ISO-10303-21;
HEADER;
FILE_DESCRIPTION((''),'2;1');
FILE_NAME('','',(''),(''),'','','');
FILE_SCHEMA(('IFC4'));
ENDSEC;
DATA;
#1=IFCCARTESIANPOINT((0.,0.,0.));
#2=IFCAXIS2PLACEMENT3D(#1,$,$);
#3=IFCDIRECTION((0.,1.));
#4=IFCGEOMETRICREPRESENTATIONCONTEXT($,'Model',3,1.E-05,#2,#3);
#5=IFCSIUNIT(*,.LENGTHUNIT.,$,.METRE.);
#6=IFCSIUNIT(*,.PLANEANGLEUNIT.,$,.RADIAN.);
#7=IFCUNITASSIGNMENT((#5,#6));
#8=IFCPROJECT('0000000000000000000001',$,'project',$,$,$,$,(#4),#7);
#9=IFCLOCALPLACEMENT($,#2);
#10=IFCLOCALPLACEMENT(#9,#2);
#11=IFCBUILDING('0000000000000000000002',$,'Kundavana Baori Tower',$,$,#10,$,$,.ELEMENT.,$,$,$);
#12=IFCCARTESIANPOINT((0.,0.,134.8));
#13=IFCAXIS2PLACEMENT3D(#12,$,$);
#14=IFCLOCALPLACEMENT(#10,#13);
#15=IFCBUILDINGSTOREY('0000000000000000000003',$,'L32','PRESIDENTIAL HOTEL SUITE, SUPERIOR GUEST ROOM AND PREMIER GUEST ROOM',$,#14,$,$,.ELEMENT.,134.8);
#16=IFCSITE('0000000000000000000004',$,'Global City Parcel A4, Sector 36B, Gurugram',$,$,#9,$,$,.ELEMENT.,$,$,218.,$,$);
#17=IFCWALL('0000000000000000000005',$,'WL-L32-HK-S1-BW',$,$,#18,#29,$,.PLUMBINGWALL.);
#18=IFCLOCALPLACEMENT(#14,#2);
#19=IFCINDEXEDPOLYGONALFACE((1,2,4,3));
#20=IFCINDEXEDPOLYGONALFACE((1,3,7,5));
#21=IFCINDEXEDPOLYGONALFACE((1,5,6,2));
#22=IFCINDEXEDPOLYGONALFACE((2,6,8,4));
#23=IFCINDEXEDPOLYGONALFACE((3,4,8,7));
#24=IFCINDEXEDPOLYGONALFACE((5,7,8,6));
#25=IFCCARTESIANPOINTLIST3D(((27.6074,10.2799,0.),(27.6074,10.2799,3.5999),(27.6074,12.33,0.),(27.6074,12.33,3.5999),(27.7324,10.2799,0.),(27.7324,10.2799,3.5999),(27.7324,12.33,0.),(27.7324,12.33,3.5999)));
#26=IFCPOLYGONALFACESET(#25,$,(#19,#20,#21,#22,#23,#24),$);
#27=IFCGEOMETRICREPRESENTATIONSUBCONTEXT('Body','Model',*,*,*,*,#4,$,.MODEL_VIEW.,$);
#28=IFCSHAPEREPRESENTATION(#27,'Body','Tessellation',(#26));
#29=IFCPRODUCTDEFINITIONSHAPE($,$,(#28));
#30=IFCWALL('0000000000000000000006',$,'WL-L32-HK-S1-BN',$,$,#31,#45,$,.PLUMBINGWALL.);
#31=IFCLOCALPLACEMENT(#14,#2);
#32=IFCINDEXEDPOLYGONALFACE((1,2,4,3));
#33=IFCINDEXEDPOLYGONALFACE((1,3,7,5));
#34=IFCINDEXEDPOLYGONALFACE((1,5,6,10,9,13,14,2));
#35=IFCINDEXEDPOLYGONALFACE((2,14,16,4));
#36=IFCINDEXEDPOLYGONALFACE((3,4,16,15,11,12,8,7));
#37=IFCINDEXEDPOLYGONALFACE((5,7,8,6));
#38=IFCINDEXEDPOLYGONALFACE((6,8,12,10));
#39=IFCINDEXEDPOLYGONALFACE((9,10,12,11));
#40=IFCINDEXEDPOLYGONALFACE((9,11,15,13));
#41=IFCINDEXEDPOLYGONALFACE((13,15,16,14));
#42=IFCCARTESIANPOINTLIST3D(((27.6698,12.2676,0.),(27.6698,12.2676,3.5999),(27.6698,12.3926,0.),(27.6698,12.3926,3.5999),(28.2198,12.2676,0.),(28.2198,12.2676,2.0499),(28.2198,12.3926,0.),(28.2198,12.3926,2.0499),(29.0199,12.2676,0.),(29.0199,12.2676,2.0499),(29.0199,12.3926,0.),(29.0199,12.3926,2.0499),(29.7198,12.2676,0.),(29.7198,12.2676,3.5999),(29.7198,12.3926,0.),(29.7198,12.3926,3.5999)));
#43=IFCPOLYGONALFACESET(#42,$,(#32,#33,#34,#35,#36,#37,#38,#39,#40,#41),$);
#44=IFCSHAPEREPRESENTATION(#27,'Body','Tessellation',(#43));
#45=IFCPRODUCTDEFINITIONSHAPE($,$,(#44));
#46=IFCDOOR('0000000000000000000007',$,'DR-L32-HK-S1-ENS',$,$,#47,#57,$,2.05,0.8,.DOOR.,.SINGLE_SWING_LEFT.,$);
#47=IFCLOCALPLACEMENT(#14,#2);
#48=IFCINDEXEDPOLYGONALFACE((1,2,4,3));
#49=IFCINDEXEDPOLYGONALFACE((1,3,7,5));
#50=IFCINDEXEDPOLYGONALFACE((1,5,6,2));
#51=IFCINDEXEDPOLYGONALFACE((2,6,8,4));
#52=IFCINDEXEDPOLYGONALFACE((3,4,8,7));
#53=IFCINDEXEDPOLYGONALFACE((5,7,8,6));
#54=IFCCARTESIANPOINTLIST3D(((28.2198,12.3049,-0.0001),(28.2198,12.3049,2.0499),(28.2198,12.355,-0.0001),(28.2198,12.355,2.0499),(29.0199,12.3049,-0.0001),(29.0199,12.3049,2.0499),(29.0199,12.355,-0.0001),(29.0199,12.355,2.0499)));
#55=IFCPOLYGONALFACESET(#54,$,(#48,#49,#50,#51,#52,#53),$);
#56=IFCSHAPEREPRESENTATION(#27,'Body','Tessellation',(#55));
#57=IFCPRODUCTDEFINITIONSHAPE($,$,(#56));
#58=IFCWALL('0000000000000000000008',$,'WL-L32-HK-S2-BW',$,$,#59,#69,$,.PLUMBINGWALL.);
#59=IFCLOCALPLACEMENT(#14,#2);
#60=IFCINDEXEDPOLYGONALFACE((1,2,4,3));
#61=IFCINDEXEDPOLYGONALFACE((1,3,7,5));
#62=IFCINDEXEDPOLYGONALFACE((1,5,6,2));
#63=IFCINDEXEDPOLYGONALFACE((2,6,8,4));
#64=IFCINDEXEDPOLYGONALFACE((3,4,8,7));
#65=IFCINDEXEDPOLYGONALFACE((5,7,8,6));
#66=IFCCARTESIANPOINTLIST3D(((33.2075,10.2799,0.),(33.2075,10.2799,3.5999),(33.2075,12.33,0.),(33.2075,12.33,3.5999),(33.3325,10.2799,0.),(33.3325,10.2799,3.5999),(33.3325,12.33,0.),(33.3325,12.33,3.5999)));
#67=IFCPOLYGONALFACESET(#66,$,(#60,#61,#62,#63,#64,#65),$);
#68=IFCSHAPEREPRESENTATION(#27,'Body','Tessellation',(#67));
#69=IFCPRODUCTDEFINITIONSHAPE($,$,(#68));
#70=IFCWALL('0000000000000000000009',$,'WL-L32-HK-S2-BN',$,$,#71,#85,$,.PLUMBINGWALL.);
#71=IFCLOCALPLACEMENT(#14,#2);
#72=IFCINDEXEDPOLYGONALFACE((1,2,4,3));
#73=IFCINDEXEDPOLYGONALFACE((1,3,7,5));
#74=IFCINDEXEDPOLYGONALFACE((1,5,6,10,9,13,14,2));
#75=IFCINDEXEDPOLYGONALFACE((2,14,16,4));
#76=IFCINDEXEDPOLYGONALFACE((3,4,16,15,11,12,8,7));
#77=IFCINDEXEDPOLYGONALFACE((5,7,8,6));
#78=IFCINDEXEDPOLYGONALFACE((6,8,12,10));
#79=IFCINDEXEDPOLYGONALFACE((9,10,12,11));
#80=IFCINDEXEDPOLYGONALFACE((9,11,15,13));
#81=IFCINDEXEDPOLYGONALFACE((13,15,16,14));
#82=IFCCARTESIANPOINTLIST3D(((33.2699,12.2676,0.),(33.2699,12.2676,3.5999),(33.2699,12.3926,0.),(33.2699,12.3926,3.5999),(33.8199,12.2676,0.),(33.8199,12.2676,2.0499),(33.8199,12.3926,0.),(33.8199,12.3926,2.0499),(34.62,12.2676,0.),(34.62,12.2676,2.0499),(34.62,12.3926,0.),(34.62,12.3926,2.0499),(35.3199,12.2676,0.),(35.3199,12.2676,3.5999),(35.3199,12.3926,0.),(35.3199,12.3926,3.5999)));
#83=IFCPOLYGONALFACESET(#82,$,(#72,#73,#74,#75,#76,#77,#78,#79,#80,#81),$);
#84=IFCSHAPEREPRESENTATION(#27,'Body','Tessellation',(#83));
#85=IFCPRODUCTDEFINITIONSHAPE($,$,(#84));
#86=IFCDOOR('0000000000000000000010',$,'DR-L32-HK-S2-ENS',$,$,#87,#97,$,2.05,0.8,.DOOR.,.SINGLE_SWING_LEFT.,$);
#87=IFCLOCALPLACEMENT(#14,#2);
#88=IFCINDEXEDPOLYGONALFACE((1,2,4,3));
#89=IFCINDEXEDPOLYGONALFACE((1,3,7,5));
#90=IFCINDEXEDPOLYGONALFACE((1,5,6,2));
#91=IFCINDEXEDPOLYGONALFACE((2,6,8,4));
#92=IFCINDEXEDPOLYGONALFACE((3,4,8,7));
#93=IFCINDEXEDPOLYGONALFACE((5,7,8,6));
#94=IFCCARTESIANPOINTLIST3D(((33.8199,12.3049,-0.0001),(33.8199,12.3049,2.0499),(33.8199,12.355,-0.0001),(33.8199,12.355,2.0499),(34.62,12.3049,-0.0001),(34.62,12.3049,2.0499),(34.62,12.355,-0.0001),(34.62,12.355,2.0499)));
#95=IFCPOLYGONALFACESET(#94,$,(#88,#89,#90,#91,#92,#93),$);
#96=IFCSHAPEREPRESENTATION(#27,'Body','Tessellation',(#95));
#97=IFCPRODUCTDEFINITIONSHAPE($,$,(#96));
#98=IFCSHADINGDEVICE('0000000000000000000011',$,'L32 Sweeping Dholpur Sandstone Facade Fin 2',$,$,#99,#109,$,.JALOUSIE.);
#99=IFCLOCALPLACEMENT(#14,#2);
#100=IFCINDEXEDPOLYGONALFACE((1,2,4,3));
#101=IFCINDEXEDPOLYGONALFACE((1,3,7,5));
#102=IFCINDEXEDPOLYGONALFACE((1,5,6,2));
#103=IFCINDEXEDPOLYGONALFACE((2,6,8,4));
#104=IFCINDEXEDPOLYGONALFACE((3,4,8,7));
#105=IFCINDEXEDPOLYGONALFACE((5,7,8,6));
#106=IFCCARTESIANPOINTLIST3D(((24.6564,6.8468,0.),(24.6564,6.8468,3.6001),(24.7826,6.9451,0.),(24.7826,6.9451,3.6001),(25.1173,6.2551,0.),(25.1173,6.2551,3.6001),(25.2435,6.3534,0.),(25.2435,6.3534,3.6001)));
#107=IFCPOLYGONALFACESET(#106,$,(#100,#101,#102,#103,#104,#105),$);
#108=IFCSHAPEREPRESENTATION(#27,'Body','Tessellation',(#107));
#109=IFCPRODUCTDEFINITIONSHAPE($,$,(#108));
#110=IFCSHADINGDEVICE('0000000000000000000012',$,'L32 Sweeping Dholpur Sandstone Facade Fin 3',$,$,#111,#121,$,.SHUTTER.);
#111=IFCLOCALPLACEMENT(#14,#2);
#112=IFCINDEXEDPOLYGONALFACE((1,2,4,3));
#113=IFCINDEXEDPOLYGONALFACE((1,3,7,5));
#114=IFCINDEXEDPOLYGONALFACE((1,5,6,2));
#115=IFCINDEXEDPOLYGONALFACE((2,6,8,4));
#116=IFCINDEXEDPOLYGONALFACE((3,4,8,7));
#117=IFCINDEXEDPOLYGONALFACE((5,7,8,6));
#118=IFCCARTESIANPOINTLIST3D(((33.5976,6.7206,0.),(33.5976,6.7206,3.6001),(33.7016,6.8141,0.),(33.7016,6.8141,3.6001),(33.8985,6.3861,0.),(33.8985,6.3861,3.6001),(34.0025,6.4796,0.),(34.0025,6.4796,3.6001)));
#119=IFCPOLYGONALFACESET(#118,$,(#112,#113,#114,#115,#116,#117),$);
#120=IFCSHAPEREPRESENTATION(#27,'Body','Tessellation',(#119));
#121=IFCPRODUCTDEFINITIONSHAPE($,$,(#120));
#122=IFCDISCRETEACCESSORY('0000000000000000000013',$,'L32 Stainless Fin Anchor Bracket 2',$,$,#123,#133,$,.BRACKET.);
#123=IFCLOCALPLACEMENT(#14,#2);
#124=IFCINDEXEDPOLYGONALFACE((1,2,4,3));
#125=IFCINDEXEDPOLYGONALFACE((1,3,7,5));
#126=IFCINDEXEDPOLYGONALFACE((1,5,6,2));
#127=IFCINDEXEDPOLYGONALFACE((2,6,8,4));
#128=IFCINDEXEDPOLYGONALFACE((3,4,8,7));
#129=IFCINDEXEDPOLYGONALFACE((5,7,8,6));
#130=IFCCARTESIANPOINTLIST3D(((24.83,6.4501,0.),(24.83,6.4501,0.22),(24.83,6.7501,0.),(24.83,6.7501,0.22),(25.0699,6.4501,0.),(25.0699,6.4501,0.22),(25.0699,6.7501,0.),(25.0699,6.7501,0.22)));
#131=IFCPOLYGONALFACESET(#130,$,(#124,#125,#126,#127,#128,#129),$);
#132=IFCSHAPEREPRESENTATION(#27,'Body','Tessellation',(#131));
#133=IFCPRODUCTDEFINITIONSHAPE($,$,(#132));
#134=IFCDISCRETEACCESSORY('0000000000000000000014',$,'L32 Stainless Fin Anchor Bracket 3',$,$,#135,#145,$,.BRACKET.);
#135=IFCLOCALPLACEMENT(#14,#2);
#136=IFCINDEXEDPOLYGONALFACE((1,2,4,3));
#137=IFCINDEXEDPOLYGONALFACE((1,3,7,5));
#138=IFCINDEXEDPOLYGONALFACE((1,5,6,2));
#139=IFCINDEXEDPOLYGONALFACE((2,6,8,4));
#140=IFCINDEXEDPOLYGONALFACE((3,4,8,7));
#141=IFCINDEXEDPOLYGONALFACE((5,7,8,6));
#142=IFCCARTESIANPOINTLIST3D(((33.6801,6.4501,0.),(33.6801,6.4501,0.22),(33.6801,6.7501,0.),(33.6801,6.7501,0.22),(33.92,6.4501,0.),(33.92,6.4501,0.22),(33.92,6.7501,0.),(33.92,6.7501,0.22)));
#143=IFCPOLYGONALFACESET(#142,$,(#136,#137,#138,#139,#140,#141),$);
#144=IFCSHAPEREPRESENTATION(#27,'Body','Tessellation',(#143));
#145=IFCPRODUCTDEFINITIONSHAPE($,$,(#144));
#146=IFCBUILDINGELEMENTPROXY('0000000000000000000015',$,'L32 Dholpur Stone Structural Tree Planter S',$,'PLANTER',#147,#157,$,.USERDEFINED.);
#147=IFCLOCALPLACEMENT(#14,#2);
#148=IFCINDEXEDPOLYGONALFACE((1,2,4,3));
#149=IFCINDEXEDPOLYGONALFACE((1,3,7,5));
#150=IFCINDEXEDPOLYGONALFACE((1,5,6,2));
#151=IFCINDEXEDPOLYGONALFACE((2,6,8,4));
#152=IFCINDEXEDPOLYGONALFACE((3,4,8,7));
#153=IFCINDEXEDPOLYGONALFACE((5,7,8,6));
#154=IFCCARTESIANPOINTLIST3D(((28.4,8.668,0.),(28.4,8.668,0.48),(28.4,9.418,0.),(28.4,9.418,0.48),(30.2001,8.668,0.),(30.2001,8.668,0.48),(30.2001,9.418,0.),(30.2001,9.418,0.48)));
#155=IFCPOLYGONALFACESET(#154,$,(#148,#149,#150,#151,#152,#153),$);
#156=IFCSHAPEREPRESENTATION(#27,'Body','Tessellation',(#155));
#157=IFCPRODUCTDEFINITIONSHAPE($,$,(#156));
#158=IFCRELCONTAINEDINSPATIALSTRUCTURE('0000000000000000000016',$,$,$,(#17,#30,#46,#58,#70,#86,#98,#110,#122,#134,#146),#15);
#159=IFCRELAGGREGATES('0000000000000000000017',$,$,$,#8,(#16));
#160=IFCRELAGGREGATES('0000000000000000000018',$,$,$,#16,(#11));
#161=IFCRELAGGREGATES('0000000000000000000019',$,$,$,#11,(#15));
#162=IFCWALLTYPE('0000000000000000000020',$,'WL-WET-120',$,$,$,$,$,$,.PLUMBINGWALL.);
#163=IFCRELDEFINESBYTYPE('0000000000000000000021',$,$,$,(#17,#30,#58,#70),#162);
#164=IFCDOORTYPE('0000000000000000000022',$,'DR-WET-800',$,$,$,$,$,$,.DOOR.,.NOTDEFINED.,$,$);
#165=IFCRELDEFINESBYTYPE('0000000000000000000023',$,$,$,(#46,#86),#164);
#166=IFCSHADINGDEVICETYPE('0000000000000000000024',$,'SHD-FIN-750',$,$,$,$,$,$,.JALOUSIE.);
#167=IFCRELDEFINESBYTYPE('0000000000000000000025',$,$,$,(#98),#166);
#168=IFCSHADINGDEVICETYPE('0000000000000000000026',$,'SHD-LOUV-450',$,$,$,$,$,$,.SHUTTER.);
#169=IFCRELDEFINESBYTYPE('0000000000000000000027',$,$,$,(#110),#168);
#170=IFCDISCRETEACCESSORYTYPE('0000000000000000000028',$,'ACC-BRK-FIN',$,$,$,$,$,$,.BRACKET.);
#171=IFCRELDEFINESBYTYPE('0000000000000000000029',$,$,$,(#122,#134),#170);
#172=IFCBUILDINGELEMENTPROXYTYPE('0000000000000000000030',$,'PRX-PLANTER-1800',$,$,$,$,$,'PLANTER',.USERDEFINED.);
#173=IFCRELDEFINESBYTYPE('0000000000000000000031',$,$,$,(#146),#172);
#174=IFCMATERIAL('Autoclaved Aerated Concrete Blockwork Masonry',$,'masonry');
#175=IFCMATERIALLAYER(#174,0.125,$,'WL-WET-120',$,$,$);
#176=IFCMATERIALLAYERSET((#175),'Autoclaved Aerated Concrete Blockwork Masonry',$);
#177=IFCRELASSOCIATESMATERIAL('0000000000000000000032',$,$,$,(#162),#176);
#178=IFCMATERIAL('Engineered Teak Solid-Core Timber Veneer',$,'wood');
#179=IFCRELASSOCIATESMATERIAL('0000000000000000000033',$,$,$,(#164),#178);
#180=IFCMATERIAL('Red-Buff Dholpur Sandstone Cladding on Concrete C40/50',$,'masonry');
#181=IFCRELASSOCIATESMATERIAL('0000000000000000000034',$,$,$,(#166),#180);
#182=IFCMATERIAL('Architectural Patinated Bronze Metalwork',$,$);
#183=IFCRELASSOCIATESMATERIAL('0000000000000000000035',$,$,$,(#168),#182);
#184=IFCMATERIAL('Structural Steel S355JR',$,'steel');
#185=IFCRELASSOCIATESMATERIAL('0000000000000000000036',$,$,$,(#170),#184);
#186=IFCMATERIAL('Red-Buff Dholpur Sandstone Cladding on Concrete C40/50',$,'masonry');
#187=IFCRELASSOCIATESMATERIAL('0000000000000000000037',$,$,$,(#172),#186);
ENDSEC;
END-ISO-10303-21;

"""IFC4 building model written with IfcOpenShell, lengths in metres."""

from ifc_helpers import new_model, si_unit, direction, frame, frame_2d, origin, origin_2d, place, context, subcontext, project, spatial, rectangle, extrude, material, layer, layer_set, type_object, element, fill, save


model = new_model("IFC4")

# Units and contexts
model_context = context("Model", 3, precision=1e-05, world=origin(), true_north=direction((0.0, 1.0)))
body_context = subcontext(model_context, "Body", "Model", "MODEL_VIEW")
ifc_project = project(units=[si_unit("LENGTHUNIT", "METRE"), si_unit("PLANEANGLEUNIT", "RADIAN")], contexts=[model_context])

# Site, building, storey
site_placement = place(None, origin())
site = spatial("IfcSite", under=ifc_project, at=site_placement, Name="Global City Parcel A4, Sector 36B, Gurugram", CompositionType="ELEMENT", RefElevation=218.0)
building_placement = place(site_placement, origin())
building = spatial("IfcBuilding", under=site, at=building_placement, Name="Kundavana Baori Tower", CompositionType="ELEMENT")
storey_placement = place(building_placement, frame((0.0, 0.0, 134.8)))
storey = spatial("IfcBuildingStorey", under=building, at=storey_placement, Name="L32", Description="PRESIDENTIAL HOTEL SUITE, SUPERIOR GUEST ROOM AND PREMIER GUEST ROOM", CompositionType="ELEMENT", Elevation=134.8)

# Wall
ifc_material_1 = material(Name="Autoclaved Aerated Concrete Blockwork Masonry", Category="masonry")
ifc_layer_1 = layer(ifc_material_1, 0.125, Name="WL-WET-120")
ifc_layer_set_1 = layer_set([ifc_layer_1], Name="Autoclaved Aerated Concrete Blockwork Masonry")
wall_type_1 = type_object("IfcWallType", Name="WL-WET-120", PredefinedType="PLUMBINGWALL", material=ifc_layer_set_1)
wall_1_placement = place(storey_placement, frame((27.6699, 10.28, 0.0), z_axis=(0.0, 0.0, 1.0), x_axis=(0.0, 1.0, 0.0)))
element("IfcWall", 1, at=wall_1_placement, inside=storey, type_object=wall_type_1, Name="WL-L32-HK-S1-BW", PredefinedType="PLUMBINGWALL", context=body_context, shape_type="SweptSolid", body=[
    extrude(rectangle(XDim=2.05, YDim=0.125, at=frame_2d((1.0249, 0.0))), origin(), (0.0, 0.0, 1.0), 3.5999),
])

# Wall, opening, door
wall_2_placement = place(storey_placement, frame((27.6699, 12.3301, 0.0), z_axis=(0.0, 0.0, 1.0), x_axis=(1.0, 0.0, 0.0)))
wall_2 = element("IfcWall", 2, at=wall_2_placement, inside=storey, type_object=wall_type_1, Name="WL-L32-HK-S1-BN", PredefinedType="PLUMBINGWALL", context=body_context, shape_type="SweptSolid", body=[
    extrude(rectangle(XDim=2.05, YDim=0.125, at=frame_2d((1.0249, 0.0))), origin(), (0.0, 0.0, 1.0), 3.5999),
])
opening_1_placement = place(wall_2_placement, frame((0.55, 0.0, 0.0)))
opening_1 = element("IfcOpeningElement", 3, at=opening_1_placement, cuts=wall_2, PredefinedType="OPENING", context=body_context, shape_type="SweptSolid", body=[
    extrude(rectangle(XDim=0.8, YDim=2.05, at=frame_2d((0.3999, 1.0249))), frame((0.0, 0.0725, 0.0), z_axis=(0.0, -1.0, 0.0), x_axis=(1.0, 0.0, 0.0)), (0.0, 0.0, 1.0), 0.145),
])
ifc_material_2 = material(Name="Engineered Teak Solid-Core Timber Veneer", Category="wood")
door_type = type_object("IfcDoorType", Name="DR-WET-800", OperationType="NOTDEFINED", PredefinedType="DOOR", material=ifc_material_2)
door_1_placement = place(opening_1_placement, origin())
door_1 = element("IfcDoor", 4, at=door_1_placement, inside=storey, type_object=door_type, Name="DR-L32-HK-S1-ENS", OperationType="SINGLE_SWING_LEFT", OverallHeight=2.05, OverallWidth=0.8, PredefinedType="DOOR", context=body_context, shape_type="SweptSolid", body=[
    extrude(rectangle(XDim=0.8, YDim=2.05, at=frame_2d((0.3999, 1.0249))), frame((0.0, 0.0249, 0.0), z_axis=(0.0, -1.0, 0.0), x_axis=(1.0, 0.0, 0.0)), (0.0, 0.0, 1.0), 0.05),
])
fill(opening_1, door_1)

# Wall
wall_3_placement = place(storey_placement, frame((33.27, 10.28, 0.0), z_axis=(0.0, 0.0, 1.0), x_axis=(0.0, 1.0, 0.0)))
element("IfcWall", 5, at=wall_3_placement, inside=storey, type_object=wall_type_1, Name="WL-L32-HK-S2-BW", PredefinedType="PLUMBINGWALL", context=body_context, shape_type="SweptSolid", body=[
    extrude(rectangle(XDim=2.05, YDim=0.125, at=frame_2d((1.0249, 0.0))), origin(), (0.0, 0.0, 1.0), 3.5999),
])

# Wall, opening, door
wall_4_placement = place(storey_placement, frame((33.27, 12.3301, 0.0), z_axis=(0.0, 0.0, 1.0), x_axis=(1.0, 0.0, 0.0)))
wall_4 = element("IfcWall", 6, at=wall_4_placement, inside=storey, type_object=wall_type_1, Name="WL-L32-HK-S2-BN", PredefinedType="PLUMBINGWALL", context=body_context, shape_type="SweptSolid", body=[
    extrude(rectangle(XDim=2.05, YDim=0.125, at=frame_2d((1.0249, 0.0))), origin(), (0.0, 0.0, 1.0), 3.5999),
])
opening_2_placement = place(wall_4_placement, frame((0.55, 0.0, 0.0)))
opening_2 = element("IfcOpeningElement", 7, at=opening_2_placement, cuts=wall_4, PredefinedType="OPENING", context=body_context, shape_type="SweptSolid", body=[
    extrude(rectangle(XDim=0.8, YDim=2.05, at=frame_2d((0.3999, 1.0249))), frame((0.0, 0.0725, 0.0), z_axis=(0.0, -1.0, 0.0), x_axis=(1.0, 0.0, 0.0)), (0.0, 0.0, 1.0), 0.145),
])
door_2_placement = place(opening_2_placement, origin())
door_2 = element("IfcDoor", 8, at=door_2_placement, inside=storey, type_object=door_type, Name="DR-L32-HK-S2-ENS", OperationType="SINGLE_SWING_LEFT", OverallHeight=2.05, OverallWidth=0.8, PredefinedType="DOOR", context=body_context, shape_type="SweptSolid", body=[
    extrude(rectangle(XDim=0.8, YDim=2.05, at=frame_2d((0.3999, 1.0249))), frame((0.0, 0.0249, 0.0), z_axis=(0.0, -1.0, 0.0), x_axis=(1.0, 0.0, 0.0)), (0.0, 0.0, 1.0), 0.05),
])
fill(opening_2, door_2)

# Shading devices
ifc_material_3 = material(Name="Red-Buff Dholpur Sandstone Cladding on Concrete C40/50", Category="masonry")
shading_device_type_1 = type_object("IfcShadingDeviceType", Name="SHD-FIN-750", PredefinedType="JALOUSIE", material=ifc_material_3)
shading_device_1_placement = place(storey_placement, frame((24.95, 6.6001, 0.0), z_axis=(0.0, 0.0, 1.0), x_axis=(0.78887, 0.614561, 0.0)))
element("IfcShadingDevice", 9, at=shading_device_1_placement, inside=storey, type_object=shading_device_type_1, Name="L32 Sweeping Dholpur Sandstone Facade Fin 2", PredefinedType="JALOUSIE", context=body_context, shape_type="SweptSolid", body=[
    extrude(rectangle(XDim=0.1599, YDim=0.75, at=origin_2d()), origin(), (0.0, 0.0, 1.0), 3.6001),
])
ifc_material_4 = material(Name="Architectural Patinated Bronze Metalwork")
shading_device_type_2 = type_object("IfcShadingDeviceType", Name="SHD-LOUV-450", PredefinedType="SHUTTER", material=ifc_material_4)
shading_device_2_placement = place(storey_placement, frame((33.8, 6.6001, 0.0), z_axis=(0.0, 0.0, 1.0), x_axis=(0.743378, 0.668871, 0.0)))
element("IfcShadingDevice", 10, at=shading_device_2_placement, inside=storey, type_object=shading_device_type_2, Name="L32 Sweeping Dholpur Sandstone Facade Fin 3", PredefinedType="SHUTTER", context=body_context, shape_type="SweptSolid", body=[
    extrude(rectangle(XDim=0.1399, YDim=0.45, at=origin_2d()), origin(), (0.0, 0.0, 1.0), 3.6001),
])

# Discrete accessories
ifc_material_5 = material(Name="Structural Steel S355JR", Category="steel")
discrete_accessory_type = type_object("IfcDiscreteAccessoryType", Name="ACC-BRK-FIN", PredefinedType="BRACKET", material=ifc_material_5)
for number, where, z_axis, x_axis, name in (
    (11, (24.95, 6.6001, 0.0), (0.0, 0.0, 1.0), (1.0, 0.0, 0.0), "L32 Stainless Fin Anchor Bracket 2"),
    (12, (33.8, 6.6001, 0.0), (0.0, 0.0, 1.0), (1.0, 0.0, 0.0), "L32 Stainless Fin Anchor Bracket 3"),
):
    element("IfcDiscreteAccessory", number, at=place(storey_placement, frame(where, z_axis=z_axis, x_axis=x_axis)), inside=storey, type_object=discrete_accessory_type, Name=name, PredefinedType="BRACKET", context=body_context, shape_type="SweptSolid", body=[
        extrude(rectangle(XDim=0.24, YDim=0.3, at=origin_2d()), origin(), (0.0, 0.0, 1.0), 0.22),
    ])

# Building element proxy
ifc_material_6 = material(Name="Red-Buff Dholpur Sandstone Cladding on Concrete C40/50", Category="masonry")
building_element_proxy_type = type_object("IfcBuildingElementProxyType", Name="PRX-PLANTER-1800", ElementType="PLANTER", PredefinedType="USERDEFINED", material=ifc_material_6)
proxy_placement = place(storey_placement, frame((29.3, 9.043, 0.0), z_axis=(0.0, 0.0, 1.0), x_axis=(1.0, 0.0, 0.0)))
element("IfcBuildingElementProxy", 13, at=proxy_placement, inside=storey, type_object=building_element_proxy_type, Name="L32 Dholpur Stone Structural Tree Planter S", ObjectType="PLANTER", PredefinedType="USERDEFINED", context=body_context, shape_type="SweptSolid", body=[
    extrude(rectangle(XDim=1.8, YDim=0.75, at=origin_2d()), origin(), (0.0, 0.0, 1.0), 0.48),
])

save(model, "model.ifc")
